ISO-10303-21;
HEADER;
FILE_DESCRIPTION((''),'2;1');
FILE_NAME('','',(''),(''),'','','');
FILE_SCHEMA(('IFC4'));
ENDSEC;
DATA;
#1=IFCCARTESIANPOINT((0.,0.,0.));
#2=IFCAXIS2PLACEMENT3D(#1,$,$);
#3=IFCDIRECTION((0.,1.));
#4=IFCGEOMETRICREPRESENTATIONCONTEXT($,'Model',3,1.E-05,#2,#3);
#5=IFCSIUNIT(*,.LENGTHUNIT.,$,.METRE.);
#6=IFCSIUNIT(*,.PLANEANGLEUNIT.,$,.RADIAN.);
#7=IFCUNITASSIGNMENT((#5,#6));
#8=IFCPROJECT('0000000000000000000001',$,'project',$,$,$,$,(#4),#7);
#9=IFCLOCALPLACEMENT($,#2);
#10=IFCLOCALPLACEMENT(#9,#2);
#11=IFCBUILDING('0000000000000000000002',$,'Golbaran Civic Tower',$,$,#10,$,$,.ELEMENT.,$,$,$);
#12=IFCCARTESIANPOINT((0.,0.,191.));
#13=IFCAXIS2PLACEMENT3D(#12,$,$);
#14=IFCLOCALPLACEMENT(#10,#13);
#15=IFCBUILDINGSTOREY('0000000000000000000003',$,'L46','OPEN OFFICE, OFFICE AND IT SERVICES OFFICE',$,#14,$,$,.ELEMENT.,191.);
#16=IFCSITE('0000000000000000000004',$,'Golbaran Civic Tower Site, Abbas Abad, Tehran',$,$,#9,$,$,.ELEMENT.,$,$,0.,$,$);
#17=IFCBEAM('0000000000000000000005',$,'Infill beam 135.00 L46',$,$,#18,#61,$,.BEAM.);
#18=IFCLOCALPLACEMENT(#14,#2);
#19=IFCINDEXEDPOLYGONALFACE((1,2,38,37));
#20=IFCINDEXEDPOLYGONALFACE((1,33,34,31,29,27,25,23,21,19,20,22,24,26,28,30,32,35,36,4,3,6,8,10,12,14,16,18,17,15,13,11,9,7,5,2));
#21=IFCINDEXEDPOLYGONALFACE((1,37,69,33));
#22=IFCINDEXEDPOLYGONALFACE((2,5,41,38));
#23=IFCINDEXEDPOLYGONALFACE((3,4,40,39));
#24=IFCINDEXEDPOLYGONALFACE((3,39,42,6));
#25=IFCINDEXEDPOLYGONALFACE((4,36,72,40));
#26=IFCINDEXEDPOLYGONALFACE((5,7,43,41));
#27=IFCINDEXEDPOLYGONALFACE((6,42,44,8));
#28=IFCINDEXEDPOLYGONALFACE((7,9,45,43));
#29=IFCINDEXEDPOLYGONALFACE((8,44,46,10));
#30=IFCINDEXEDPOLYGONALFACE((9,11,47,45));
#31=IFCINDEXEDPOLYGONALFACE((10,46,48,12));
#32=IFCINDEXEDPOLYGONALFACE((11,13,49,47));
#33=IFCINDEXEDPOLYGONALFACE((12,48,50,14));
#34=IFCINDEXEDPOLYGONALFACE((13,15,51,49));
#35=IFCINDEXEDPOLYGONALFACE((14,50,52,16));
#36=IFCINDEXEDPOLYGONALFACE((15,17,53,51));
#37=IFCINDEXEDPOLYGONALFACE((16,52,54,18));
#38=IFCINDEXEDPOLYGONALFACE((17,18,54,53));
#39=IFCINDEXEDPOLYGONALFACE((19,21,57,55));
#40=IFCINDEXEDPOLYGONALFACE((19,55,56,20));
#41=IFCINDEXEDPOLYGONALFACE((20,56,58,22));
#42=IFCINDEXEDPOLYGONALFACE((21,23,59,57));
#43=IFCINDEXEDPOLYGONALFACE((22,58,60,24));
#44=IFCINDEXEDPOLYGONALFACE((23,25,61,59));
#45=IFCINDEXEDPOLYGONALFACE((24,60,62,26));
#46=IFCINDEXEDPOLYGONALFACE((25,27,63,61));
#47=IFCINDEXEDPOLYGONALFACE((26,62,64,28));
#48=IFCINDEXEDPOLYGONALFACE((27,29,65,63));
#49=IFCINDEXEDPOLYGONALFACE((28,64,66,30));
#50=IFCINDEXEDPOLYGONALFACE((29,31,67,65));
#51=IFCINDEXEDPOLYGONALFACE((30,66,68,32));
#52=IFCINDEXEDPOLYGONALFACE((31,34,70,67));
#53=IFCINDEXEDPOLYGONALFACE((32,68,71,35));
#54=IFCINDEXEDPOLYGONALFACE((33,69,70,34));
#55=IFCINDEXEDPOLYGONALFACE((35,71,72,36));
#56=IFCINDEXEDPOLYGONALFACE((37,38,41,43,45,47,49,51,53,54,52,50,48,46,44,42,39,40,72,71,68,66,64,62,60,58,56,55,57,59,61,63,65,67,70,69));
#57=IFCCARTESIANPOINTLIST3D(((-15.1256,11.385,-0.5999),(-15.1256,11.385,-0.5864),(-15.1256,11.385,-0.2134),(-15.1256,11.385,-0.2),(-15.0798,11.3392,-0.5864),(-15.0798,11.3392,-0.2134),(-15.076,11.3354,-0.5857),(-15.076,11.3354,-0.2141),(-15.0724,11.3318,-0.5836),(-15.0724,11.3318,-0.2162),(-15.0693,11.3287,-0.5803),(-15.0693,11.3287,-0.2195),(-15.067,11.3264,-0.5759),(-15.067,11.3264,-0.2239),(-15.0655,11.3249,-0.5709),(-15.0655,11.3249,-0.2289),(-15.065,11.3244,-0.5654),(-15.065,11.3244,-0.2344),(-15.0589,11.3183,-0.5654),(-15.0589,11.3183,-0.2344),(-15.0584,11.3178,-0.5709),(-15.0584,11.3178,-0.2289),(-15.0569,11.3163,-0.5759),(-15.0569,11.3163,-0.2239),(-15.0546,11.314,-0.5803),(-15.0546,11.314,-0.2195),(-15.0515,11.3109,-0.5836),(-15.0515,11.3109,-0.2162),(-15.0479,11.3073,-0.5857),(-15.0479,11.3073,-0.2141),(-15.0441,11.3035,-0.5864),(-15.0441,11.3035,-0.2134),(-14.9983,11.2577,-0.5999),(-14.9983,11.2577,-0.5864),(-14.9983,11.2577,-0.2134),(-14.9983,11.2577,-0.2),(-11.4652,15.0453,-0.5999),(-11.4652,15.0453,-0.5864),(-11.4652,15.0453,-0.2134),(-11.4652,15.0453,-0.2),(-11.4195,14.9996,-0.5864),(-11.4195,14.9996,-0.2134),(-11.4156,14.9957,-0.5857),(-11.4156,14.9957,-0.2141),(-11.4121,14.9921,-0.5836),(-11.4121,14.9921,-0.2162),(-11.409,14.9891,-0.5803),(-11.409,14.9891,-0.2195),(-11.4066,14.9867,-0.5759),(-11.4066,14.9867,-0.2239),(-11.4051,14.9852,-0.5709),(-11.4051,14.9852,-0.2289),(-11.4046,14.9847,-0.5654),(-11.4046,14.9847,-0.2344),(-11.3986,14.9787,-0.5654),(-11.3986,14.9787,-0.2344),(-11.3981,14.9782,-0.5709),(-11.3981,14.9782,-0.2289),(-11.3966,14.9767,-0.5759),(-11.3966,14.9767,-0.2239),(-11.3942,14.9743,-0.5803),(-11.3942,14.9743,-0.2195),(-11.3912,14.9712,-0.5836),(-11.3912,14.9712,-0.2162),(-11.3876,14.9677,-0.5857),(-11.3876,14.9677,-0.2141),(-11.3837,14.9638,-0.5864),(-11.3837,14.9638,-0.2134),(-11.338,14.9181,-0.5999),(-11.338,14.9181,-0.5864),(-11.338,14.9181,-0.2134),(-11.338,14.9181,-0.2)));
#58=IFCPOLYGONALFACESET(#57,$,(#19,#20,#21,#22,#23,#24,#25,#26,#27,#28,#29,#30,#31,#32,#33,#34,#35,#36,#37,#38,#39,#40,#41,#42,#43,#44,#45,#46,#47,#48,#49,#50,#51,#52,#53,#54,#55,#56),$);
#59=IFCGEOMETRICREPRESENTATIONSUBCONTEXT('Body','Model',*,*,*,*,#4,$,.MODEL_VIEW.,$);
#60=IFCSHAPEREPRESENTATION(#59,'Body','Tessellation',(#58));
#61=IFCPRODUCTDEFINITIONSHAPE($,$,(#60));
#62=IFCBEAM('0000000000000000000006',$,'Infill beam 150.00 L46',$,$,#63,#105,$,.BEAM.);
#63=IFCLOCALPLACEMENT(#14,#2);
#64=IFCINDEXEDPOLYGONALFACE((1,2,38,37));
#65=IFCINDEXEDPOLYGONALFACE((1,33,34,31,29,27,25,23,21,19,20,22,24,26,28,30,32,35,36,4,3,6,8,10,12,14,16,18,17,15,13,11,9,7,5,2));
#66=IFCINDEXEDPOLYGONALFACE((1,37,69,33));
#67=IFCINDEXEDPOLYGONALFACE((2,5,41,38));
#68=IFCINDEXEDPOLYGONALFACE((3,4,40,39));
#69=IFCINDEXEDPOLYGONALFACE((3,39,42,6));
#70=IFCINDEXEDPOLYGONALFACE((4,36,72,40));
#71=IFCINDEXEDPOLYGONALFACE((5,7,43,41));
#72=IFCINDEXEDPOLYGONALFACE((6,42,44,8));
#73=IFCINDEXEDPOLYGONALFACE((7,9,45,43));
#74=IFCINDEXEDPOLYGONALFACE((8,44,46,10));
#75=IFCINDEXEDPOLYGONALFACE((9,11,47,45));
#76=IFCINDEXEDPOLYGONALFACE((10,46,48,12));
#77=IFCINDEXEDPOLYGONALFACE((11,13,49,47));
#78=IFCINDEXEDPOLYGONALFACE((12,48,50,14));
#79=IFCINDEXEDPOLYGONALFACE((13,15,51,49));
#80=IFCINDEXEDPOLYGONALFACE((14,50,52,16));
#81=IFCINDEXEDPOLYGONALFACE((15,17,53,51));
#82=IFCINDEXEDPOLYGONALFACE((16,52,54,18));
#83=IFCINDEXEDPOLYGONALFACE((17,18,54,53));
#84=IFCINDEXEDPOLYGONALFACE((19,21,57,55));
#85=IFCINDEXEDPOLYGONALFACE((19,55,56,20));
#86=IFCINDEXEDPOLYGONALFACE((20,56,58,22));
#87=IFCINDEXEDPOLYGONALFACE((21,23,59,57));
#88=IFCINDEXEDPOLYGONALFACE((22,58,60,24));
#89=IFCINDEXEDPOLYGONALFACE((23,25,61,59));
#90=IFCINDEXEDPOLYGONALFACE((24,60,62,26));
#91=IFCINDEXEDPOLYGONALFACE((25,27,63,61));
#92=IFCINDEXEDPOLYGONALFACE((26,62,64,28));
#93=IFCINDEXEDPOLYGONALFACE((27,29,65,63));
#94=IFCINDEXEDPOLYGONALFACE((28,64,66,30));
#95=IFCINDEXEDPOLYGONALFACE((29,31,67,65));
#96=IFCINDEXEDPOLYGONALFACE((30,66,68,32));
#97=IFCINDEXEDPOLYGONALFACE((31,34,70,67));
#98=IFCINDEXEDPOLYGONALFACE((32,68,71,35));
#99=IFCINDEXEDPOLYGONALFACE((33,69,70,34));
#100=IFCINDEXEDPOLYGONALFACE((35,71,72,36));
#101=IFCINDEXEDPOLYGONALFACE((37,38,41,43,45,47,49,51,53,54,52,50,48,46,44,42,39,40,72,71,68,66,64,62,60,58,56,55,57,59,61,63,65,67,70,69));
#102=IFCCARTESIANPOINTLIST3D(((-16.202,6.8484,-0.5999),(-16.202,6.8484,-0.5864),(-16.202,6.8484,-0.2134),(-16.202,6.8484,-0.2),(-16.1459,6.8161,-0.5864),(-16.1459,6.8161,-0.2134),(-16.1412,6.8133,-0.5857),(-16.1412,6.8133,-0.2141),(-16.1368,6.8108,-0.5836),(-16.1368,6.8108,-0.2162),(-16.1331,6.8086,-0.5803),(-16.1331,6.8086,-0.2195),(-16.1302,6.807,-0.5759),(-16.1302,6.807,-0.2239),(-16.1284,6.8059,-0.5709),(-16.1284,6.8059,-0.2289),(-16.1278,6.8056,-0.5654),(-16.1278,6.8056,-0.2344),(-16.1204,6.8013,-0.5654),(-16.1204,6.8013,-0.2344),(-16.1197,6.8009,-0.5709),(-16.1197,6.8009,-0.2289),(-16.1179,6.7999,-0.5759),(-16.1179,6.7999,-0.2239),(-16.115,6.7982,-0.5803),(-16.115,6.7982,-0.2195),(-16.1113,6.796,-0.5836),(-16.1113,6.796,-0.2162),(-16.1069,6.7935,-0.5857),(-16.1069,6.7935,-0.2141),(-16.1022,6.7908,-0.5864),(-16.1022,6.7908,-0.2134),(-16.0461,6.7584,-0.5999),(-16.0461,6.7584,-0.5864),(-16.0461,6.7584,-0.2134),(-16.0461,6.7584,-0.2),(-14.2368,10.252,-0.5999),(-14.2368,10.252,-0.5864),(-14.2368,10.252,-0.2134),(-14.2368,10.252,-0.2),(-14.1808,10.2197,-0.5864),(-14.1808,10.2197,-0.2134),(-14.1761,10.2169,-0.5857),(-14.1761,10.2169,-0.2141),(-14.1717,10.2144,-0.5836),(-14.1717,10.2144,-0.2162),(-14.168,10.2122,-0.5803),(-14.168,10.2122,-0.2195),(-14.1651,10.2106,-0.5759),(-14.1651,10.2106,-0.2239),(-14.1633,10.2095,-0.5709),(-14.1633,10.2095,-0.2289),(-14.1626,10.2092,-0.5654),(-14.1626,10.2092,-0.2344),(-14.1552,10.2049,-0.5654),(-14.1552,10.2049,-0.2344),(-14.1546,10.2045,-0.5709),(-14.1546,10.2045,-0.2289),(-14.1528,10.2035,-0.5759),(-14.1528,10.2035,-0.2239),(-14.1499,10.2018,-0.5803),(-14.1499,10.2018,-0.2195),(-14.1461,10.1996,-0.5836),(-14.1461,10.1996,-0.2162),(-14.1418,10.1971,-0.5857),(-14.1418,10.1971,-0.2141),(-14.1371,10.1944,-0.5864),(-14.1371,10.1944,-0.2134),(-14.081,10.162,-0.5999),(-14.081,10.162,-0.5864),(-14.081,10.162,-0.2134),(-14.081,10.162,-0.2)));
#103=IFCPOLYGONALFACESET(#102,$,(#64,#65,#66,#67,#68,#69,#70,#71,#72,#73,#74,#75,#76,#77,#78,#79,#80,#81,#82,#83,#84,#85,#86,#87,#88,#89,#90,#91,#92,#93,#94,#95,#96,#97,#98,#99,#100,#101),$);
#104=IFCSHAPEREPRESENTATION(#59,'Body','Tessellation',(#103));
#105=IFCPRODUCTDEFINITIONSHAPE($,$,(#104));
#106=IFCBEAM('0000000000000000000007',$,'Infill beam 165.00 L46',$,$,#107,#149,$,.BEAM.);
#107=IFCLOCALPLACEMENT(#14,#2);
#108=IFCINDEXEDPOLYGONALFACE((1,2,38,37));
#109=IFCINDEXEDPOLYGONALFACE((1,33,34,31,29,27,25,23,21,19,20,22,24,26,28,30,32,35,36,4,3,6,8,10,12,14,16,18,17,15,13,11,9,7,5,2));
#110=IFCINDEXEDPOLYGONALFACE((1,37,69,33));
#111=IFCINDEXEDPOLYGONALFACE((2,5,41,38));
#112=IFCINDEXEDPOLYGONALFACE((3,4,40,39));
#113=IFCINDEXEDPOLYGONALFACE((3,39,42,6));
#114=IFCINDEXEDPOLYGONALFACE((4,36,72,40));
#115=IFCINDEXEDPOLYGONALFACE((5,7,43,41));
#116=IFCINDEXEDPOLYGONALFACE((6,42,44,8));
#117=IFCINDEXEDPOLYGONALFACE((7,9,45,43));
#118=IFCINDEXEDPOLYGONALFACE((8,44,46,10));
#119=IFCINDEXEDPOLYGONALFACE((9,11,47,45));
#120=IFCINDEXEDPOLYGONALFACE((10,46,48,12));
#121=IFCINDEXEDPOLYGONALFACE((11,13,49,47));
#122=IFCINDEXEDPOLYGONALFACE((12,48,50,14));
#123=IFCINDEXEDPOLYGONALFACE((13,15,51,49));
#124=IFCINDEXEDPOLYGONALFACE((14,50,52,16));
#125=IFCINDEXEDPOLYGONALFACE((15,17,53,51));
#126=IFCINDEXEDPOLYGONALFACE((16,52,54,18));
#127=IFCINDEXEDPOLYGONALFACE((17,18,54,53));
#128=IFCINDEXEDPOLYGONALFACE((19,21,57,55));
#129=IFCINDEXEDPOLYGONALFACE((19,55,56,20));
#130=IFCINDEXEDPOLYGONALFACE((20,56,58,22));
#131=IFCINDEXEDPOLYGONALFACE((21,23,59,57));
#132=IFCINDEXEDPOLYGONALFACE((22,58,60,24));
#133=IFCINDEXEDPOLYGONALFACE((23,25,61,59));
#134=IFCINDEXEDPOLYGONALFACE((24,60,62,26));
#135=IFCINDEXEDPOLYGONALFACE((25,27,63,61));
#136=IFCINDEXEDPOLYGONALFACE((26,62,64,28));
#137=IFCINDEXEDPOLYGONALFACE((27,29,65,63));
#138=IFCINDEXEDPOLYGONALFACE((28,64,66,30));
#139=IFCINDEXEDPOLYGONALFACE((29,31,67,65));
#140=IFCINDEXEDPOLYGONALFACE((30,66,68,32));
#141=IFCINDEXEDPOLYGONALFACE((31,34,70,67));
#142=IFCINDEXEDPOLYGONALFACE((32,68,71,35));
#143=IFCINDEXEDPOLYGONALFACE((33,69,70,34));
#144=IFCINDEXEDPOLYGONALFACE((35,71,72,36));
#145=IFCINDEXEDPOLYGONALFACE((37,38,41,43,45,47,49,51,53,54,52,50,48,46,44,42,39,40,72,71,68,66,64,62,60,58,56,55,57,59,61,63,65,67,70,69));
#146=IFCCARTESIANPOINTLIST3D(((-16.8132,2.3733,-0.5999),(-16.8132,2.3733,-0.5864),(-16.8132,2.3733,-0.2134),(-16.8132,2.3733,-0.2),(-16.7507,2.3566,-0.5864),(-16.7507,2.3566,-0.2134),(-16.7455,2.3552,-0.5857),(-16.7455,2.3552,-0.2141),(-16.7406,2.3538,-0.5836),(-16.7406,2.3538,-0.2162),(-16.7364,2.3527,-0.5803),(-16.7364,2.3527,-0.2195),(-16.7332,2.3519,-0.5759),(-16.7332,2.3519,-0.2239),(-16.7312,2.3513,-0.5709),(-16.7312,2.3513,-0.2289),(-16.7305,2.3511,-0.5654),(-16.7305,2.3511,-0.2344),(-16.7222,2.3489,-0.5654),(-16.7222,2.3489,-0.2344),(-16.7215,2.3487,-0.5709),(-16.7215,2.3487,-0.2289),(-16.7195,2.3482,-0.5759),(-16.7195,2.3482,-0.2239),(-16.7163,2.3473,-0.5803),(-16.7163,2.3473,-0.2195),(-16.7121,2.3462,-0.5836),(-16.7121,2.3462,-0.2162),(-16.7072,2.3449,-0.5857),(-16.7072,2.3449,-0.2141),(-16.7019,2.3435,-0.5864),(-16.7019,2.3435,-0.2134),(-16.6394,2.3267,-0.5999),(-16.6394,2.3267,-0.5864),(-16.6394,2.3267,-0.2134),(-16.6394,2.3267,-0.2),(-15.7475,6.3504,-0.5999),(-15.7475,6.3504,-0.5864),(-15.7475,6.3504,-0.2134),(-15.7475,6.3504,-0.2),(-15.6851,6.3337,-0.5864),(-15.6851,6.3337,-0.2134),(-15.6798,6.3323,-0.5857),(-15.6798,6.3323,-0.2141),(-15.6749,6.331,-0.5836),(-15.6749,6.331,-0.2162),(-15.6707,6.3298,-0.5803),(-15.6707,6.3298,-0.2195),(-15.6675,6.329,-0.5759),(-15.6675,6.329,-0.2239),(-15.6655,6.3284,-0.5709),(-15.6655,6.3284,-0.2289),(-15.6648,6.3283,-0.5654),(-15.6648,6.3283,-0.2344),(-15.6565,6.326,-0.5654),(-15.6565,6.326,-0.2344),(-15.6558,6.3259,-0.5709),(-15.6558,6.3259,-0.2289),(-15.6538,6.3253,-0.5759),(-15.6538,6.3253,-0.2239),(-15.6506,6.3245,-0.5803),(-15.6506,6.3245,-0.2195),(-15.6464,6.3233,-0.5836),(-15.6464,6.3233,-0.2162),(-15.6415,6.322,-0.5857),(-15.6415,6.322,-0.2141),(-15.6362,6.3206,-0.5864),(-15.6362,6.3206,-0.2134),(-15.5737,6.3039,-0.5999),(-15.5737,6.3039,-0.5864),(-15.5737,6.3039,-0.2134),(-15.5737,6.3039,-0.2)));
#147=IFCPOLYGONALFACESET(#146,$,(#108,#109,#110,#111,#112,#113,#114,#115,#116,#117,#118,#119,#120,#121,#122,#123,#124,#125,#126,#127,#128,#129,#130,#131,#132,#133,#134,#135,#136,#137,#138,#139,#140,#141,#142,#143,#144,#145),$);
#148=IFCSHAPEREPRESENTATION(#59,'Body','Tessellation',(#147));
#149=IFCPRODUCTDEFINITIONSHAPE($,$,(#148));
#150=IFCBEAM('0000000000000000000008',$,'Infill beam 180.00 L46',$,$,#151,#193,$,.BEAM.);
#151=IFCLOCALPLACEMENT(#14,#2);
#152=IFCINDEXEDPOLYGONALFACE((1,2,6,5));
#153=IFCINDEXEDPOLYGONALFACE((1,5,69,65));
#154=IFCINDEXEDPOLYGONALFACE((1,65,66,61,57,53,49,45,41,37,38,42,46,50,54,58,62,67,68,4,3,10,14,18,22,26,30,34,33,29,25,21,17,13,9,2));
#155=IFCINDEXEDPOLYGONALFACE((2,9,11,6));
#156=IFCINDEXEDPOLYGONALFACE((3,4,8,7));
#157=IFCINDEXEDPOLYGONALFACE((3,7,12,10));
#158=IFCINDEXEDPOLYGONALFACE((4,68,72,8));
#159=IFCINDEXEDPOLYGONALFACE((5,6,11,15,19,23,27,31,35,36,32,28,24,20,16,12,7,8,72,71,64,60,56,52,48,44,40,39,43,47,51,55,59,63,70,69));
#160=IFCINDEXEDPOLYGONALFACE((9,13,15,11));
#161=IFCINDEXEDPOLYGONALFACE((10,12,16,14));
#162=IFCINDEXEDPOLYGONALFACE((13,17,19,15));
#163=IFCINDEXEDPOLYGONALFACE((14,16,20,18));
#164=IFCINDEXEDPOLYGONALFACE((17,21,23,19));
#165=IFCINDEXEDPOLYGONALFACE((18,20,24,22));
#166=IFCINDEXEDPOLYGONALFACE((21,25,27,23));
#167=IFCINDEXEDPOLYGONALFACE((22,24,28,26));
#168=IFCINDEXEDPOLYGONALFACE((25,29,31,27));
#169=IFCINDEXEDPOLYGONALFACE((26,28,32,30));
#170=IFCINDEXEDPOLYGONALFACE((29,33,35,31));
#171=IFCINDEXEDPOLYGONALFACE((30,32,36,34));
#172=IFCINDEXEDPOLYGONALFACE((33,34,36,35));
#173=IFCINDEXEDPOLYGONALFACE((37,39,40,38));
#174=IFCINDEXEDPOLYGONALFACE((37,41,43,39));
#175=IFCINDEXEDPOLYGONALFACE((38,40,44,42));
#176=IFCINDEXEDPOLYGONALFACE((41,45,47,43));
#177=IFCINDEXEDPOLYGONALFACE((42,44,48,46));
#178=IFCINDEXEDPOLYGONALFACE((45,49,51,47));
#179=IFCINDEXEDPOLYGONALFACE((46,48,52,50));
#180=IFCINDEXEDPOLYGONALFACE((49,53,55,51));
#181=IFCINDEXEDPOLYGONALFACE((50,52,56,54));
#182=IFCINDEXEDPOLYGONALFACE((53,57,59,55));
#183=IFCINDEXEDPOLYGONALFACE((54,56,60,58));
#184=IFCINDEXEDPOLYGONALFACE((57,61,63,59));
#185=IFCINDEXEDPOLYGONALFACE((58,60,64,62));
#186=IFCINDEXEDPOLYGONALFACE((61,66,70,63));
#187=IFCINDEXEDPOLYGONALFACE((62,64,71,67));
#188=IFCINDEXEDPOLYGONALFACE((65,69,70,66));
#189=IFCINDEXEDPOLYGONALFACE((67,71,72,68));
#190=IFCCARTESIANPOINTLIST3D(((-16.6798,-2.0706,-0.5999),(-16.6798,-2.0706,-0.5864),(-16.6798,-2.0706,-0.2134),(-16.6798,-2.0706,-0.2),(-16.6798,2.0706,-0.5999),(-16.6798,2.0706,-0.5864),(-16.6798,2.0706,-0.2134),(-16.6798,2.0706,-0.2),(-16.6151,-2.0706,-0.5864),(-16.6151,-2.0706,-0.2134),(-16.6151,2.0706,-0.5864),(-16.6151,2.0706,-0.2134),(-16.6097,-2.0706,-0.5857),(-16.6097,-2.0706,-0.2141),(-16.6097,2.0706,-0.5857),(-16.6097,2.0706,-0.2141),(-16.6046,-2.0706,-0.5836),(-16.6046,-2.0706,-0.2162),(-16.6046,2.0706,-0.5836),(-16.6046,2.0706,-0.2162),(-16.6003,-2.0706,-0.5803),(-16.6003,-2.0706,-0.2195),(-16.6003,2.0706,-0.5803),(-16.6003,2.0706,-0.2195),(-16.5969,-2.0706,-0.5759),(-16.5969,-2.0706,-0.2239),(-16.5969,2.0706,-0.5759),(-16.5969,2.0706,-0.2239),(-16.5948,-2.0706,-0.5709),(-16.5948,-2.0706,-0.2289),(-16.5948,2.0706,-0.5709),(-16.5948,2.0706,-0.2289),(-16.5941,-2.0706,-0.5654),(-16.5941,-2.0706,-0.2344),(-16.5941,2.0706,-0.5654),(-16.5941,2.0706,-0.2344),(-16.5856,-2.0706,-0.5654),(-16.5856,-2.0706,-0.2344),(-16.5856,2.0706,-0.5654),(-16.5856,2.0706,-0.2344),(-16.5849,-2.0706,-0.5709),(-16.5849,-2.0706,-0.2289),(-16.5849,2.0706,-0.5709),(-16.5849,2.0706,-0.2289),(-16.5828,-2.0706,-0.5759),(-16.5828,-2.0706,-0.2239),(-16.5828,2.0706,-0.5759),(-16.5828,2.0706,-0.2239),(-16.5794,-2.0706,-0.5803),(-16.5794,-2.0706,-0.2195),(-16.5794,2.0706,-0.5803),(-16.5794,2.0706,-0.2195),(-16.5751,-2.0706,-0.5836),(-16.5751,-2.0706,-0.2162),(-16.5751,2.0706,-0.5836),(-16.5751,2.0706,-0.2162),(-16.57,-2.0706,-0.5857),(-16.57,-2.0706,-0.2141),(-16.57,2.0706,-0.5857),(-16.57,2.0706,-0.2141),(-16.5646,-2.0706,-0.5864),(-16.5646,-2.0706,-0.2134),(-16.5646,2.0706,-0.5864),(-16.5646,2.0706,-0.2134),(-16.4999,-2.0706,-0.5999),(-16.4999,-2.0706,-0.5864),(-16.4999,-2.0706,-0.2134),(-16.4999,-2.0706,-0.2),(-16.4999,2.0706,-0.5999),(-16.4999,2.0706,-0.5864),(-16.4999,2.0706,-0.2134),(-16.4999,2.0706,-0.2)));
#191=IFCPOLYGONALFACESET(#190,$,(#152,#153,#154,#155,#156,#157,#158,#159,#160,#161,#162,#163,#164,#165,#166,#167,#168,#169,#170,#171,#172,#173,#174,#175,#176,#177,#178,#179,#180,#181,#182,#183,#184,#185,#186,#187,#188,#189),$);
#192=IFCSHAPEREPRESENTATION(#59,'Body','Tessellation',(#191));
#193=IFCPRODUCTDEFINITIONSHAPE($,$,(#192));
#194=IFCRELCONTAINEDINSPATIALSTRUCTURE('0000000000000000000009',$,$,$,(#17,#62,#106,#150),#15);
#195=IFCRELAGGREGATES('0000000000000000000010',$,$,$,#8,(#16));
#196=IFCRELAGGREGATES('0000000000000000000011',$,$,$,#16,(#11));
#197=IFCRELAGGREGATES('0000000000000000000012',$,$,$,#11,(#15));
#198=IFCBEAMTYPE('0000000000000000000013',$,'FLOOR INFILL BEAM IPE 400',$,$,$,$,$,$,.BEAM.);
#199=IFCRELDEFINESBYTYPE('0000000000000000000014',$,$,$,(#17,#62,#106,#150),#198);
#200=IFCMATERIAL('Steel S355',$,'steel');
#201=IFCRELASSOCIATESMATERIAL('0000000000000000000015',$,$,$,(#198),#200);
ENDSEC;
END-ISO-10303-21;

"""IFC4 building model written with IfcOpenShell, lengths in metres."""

from ifc_helpers import new_model, si_unit, direction, frame, origin, origin_2d, place, context, subcontext, project, spatial, i_section, extrude, material, material_profile, profile_set, type_object, element, save


model = new_model("IFC4")

# Units and contexts
model_context = context("Model", 3, precision=1e-05, world=origin(), true_north=direction((0.0, 1.0)))
body_context = subcontext(model_context, "Body", "Model", "MODEL_VIEW")
ifc_project = project(units=[si_unit("LENGTHUNIT", "METRE"), si_unit("PLANEANGLEUNIT", "RADIAN")], contexts=[model_context])

# Site, building, storey
site_placement = place(None, origin())
site = spatial("IfcSite", under=ifc_project, at=site_placement, Name="Golbaran Civic Tower Site, Abbas Abad, Tehran", CompositionType="ELEMENT", RefElevation=0.0)
building_placement = place(site_placement, origin())
building = spatial("IfcBuilding", under=site, at=building_placement, Name="Golbaran Civic Tower", CompositionType="ELEMENT")
storey_placement = place(building_placement, frame((0.0, 0.0, 191.0)))
storey = spatial("IfcBuildingStorey", under=building, at=storey_placement, Name="L46", Description="OPEN OFFICE, OFFICE AND IT SERVICES OFFICE", CompositionType="ELEMENT", Elevation=191.0)

# Beams
ifc_material_1 = material(Name="Steel S355", Category="steel")
ifc_material_profile_1 = material_profile(ifc_material_1, i_section(OverallWidth=0.1799, OverallDepth=0.3999, WebThickness=0.0085, FlangeThickness=0.0134, FilletRadius=0.021, at=origin_2d()), Name="IPE 400")
ifc_profile_set_1 = profile_set([ifc_material_profile_1], Name="Steel S355")
beam_type_1 = type_object("IfcBeamType", Name="FLOOR INFILL BEAM IPE 400", PredefinedType="BEAM", material=ifc_profile_set_1)
beam_1_placement = place(storey_placement, frame((-11.4016, 14.9817, -0.3999), z_axis=(-0.707107, -0.707107, 0.0), x_axis=(0.707107, -0.707107, 0.0)))
element("IfcBeam", 1, at=beam_1_placement, inside=storey, type_object=beam_type_1, Name="Infill beam 135.00 L46", PredefinedType="BEAM", context=body_context, shape_type="SweptSolid", body=[
    extrude(i_section(OverallWidth=0.1799, OverallDepth=0.3999, WebThickness=0.0085, FlangeThickness=0.0134, FilletRadius=0.021, at=origin_2d()), origin(), (0.0, 0.0, 1.0), 5.1765),
])
beam_2_placement = place(storey_placement, frame((-14.1589, 10.207, -0.3999), z_axis=(-0.500007, -0.866021, 0.0), x_axis=(0.866021, -0.500007, 0.0)))
element("IfcBeam", 2, at=beam_2_placement, inside=storey, type_object=beam_type_1, Name="Infill beam 150.00 L46", PredefinedType="BEAM", context=body_context, shape_type="SweptSolid", body=[
    extrude(i_section(OverallWidth=0.1799, OverallDepth=0.3999, WebThickness=0.0085, FlangeThickness=0.0134, FilletRadius=0.021, at=origin_2d()), origin(), (0.0, 0.0, 1.0), 3.9302),
])
beam_3_placement = place(storey_placement, frame((-15.6606, 6.3271, -0.3999), z_axis=(-0.258825, -0.965924, 0.0), x_axis=(0.965924, -0.258825, 0.0)))
element("IfcBeam", 3, at=beam_3_placement, inside=storey, type_object=beam_type_1, Name="Infill beam 165.00 L46", PredefinedType="BEAM", context=body_context, shape_type="SweptSolid", body=[
    extrude(i_section(OverallWidth=0.1799, OverallDepth=0.3999, WebThickness=0.0085, FlangeThickness=0.0134, FilletRadius=0.021, at=origin_2d()), origin(), (0.0, 0.0, 1.0), 4.1174),
])
beam_4_placement = place(storey_placement, frame((-16.5898, 2.0706, -0.3999), z_axis=(0.0, -1.0, 0.0), x_axis=(1.0, 0.0, 0.0)))
element("IfcBeam", 4, at=beam_4_placement, inside=storey, type_object=beam_type_1, Name="Infill beam 180.00 L46", PredefinedType="BEAM", context=body_context, shape_type="SweptSolid", body=[
    extrude(i_section(OverallWidth=0.1799, OverallDepth=0.3999, WebThickness=0.0085, FlangeThickness=0.0134, FilletRadius=0.021, at=origin_2d()), origin(), (0.0, 0.0, 1.0), 4.1411),
])

save(model, "model.ifc")
